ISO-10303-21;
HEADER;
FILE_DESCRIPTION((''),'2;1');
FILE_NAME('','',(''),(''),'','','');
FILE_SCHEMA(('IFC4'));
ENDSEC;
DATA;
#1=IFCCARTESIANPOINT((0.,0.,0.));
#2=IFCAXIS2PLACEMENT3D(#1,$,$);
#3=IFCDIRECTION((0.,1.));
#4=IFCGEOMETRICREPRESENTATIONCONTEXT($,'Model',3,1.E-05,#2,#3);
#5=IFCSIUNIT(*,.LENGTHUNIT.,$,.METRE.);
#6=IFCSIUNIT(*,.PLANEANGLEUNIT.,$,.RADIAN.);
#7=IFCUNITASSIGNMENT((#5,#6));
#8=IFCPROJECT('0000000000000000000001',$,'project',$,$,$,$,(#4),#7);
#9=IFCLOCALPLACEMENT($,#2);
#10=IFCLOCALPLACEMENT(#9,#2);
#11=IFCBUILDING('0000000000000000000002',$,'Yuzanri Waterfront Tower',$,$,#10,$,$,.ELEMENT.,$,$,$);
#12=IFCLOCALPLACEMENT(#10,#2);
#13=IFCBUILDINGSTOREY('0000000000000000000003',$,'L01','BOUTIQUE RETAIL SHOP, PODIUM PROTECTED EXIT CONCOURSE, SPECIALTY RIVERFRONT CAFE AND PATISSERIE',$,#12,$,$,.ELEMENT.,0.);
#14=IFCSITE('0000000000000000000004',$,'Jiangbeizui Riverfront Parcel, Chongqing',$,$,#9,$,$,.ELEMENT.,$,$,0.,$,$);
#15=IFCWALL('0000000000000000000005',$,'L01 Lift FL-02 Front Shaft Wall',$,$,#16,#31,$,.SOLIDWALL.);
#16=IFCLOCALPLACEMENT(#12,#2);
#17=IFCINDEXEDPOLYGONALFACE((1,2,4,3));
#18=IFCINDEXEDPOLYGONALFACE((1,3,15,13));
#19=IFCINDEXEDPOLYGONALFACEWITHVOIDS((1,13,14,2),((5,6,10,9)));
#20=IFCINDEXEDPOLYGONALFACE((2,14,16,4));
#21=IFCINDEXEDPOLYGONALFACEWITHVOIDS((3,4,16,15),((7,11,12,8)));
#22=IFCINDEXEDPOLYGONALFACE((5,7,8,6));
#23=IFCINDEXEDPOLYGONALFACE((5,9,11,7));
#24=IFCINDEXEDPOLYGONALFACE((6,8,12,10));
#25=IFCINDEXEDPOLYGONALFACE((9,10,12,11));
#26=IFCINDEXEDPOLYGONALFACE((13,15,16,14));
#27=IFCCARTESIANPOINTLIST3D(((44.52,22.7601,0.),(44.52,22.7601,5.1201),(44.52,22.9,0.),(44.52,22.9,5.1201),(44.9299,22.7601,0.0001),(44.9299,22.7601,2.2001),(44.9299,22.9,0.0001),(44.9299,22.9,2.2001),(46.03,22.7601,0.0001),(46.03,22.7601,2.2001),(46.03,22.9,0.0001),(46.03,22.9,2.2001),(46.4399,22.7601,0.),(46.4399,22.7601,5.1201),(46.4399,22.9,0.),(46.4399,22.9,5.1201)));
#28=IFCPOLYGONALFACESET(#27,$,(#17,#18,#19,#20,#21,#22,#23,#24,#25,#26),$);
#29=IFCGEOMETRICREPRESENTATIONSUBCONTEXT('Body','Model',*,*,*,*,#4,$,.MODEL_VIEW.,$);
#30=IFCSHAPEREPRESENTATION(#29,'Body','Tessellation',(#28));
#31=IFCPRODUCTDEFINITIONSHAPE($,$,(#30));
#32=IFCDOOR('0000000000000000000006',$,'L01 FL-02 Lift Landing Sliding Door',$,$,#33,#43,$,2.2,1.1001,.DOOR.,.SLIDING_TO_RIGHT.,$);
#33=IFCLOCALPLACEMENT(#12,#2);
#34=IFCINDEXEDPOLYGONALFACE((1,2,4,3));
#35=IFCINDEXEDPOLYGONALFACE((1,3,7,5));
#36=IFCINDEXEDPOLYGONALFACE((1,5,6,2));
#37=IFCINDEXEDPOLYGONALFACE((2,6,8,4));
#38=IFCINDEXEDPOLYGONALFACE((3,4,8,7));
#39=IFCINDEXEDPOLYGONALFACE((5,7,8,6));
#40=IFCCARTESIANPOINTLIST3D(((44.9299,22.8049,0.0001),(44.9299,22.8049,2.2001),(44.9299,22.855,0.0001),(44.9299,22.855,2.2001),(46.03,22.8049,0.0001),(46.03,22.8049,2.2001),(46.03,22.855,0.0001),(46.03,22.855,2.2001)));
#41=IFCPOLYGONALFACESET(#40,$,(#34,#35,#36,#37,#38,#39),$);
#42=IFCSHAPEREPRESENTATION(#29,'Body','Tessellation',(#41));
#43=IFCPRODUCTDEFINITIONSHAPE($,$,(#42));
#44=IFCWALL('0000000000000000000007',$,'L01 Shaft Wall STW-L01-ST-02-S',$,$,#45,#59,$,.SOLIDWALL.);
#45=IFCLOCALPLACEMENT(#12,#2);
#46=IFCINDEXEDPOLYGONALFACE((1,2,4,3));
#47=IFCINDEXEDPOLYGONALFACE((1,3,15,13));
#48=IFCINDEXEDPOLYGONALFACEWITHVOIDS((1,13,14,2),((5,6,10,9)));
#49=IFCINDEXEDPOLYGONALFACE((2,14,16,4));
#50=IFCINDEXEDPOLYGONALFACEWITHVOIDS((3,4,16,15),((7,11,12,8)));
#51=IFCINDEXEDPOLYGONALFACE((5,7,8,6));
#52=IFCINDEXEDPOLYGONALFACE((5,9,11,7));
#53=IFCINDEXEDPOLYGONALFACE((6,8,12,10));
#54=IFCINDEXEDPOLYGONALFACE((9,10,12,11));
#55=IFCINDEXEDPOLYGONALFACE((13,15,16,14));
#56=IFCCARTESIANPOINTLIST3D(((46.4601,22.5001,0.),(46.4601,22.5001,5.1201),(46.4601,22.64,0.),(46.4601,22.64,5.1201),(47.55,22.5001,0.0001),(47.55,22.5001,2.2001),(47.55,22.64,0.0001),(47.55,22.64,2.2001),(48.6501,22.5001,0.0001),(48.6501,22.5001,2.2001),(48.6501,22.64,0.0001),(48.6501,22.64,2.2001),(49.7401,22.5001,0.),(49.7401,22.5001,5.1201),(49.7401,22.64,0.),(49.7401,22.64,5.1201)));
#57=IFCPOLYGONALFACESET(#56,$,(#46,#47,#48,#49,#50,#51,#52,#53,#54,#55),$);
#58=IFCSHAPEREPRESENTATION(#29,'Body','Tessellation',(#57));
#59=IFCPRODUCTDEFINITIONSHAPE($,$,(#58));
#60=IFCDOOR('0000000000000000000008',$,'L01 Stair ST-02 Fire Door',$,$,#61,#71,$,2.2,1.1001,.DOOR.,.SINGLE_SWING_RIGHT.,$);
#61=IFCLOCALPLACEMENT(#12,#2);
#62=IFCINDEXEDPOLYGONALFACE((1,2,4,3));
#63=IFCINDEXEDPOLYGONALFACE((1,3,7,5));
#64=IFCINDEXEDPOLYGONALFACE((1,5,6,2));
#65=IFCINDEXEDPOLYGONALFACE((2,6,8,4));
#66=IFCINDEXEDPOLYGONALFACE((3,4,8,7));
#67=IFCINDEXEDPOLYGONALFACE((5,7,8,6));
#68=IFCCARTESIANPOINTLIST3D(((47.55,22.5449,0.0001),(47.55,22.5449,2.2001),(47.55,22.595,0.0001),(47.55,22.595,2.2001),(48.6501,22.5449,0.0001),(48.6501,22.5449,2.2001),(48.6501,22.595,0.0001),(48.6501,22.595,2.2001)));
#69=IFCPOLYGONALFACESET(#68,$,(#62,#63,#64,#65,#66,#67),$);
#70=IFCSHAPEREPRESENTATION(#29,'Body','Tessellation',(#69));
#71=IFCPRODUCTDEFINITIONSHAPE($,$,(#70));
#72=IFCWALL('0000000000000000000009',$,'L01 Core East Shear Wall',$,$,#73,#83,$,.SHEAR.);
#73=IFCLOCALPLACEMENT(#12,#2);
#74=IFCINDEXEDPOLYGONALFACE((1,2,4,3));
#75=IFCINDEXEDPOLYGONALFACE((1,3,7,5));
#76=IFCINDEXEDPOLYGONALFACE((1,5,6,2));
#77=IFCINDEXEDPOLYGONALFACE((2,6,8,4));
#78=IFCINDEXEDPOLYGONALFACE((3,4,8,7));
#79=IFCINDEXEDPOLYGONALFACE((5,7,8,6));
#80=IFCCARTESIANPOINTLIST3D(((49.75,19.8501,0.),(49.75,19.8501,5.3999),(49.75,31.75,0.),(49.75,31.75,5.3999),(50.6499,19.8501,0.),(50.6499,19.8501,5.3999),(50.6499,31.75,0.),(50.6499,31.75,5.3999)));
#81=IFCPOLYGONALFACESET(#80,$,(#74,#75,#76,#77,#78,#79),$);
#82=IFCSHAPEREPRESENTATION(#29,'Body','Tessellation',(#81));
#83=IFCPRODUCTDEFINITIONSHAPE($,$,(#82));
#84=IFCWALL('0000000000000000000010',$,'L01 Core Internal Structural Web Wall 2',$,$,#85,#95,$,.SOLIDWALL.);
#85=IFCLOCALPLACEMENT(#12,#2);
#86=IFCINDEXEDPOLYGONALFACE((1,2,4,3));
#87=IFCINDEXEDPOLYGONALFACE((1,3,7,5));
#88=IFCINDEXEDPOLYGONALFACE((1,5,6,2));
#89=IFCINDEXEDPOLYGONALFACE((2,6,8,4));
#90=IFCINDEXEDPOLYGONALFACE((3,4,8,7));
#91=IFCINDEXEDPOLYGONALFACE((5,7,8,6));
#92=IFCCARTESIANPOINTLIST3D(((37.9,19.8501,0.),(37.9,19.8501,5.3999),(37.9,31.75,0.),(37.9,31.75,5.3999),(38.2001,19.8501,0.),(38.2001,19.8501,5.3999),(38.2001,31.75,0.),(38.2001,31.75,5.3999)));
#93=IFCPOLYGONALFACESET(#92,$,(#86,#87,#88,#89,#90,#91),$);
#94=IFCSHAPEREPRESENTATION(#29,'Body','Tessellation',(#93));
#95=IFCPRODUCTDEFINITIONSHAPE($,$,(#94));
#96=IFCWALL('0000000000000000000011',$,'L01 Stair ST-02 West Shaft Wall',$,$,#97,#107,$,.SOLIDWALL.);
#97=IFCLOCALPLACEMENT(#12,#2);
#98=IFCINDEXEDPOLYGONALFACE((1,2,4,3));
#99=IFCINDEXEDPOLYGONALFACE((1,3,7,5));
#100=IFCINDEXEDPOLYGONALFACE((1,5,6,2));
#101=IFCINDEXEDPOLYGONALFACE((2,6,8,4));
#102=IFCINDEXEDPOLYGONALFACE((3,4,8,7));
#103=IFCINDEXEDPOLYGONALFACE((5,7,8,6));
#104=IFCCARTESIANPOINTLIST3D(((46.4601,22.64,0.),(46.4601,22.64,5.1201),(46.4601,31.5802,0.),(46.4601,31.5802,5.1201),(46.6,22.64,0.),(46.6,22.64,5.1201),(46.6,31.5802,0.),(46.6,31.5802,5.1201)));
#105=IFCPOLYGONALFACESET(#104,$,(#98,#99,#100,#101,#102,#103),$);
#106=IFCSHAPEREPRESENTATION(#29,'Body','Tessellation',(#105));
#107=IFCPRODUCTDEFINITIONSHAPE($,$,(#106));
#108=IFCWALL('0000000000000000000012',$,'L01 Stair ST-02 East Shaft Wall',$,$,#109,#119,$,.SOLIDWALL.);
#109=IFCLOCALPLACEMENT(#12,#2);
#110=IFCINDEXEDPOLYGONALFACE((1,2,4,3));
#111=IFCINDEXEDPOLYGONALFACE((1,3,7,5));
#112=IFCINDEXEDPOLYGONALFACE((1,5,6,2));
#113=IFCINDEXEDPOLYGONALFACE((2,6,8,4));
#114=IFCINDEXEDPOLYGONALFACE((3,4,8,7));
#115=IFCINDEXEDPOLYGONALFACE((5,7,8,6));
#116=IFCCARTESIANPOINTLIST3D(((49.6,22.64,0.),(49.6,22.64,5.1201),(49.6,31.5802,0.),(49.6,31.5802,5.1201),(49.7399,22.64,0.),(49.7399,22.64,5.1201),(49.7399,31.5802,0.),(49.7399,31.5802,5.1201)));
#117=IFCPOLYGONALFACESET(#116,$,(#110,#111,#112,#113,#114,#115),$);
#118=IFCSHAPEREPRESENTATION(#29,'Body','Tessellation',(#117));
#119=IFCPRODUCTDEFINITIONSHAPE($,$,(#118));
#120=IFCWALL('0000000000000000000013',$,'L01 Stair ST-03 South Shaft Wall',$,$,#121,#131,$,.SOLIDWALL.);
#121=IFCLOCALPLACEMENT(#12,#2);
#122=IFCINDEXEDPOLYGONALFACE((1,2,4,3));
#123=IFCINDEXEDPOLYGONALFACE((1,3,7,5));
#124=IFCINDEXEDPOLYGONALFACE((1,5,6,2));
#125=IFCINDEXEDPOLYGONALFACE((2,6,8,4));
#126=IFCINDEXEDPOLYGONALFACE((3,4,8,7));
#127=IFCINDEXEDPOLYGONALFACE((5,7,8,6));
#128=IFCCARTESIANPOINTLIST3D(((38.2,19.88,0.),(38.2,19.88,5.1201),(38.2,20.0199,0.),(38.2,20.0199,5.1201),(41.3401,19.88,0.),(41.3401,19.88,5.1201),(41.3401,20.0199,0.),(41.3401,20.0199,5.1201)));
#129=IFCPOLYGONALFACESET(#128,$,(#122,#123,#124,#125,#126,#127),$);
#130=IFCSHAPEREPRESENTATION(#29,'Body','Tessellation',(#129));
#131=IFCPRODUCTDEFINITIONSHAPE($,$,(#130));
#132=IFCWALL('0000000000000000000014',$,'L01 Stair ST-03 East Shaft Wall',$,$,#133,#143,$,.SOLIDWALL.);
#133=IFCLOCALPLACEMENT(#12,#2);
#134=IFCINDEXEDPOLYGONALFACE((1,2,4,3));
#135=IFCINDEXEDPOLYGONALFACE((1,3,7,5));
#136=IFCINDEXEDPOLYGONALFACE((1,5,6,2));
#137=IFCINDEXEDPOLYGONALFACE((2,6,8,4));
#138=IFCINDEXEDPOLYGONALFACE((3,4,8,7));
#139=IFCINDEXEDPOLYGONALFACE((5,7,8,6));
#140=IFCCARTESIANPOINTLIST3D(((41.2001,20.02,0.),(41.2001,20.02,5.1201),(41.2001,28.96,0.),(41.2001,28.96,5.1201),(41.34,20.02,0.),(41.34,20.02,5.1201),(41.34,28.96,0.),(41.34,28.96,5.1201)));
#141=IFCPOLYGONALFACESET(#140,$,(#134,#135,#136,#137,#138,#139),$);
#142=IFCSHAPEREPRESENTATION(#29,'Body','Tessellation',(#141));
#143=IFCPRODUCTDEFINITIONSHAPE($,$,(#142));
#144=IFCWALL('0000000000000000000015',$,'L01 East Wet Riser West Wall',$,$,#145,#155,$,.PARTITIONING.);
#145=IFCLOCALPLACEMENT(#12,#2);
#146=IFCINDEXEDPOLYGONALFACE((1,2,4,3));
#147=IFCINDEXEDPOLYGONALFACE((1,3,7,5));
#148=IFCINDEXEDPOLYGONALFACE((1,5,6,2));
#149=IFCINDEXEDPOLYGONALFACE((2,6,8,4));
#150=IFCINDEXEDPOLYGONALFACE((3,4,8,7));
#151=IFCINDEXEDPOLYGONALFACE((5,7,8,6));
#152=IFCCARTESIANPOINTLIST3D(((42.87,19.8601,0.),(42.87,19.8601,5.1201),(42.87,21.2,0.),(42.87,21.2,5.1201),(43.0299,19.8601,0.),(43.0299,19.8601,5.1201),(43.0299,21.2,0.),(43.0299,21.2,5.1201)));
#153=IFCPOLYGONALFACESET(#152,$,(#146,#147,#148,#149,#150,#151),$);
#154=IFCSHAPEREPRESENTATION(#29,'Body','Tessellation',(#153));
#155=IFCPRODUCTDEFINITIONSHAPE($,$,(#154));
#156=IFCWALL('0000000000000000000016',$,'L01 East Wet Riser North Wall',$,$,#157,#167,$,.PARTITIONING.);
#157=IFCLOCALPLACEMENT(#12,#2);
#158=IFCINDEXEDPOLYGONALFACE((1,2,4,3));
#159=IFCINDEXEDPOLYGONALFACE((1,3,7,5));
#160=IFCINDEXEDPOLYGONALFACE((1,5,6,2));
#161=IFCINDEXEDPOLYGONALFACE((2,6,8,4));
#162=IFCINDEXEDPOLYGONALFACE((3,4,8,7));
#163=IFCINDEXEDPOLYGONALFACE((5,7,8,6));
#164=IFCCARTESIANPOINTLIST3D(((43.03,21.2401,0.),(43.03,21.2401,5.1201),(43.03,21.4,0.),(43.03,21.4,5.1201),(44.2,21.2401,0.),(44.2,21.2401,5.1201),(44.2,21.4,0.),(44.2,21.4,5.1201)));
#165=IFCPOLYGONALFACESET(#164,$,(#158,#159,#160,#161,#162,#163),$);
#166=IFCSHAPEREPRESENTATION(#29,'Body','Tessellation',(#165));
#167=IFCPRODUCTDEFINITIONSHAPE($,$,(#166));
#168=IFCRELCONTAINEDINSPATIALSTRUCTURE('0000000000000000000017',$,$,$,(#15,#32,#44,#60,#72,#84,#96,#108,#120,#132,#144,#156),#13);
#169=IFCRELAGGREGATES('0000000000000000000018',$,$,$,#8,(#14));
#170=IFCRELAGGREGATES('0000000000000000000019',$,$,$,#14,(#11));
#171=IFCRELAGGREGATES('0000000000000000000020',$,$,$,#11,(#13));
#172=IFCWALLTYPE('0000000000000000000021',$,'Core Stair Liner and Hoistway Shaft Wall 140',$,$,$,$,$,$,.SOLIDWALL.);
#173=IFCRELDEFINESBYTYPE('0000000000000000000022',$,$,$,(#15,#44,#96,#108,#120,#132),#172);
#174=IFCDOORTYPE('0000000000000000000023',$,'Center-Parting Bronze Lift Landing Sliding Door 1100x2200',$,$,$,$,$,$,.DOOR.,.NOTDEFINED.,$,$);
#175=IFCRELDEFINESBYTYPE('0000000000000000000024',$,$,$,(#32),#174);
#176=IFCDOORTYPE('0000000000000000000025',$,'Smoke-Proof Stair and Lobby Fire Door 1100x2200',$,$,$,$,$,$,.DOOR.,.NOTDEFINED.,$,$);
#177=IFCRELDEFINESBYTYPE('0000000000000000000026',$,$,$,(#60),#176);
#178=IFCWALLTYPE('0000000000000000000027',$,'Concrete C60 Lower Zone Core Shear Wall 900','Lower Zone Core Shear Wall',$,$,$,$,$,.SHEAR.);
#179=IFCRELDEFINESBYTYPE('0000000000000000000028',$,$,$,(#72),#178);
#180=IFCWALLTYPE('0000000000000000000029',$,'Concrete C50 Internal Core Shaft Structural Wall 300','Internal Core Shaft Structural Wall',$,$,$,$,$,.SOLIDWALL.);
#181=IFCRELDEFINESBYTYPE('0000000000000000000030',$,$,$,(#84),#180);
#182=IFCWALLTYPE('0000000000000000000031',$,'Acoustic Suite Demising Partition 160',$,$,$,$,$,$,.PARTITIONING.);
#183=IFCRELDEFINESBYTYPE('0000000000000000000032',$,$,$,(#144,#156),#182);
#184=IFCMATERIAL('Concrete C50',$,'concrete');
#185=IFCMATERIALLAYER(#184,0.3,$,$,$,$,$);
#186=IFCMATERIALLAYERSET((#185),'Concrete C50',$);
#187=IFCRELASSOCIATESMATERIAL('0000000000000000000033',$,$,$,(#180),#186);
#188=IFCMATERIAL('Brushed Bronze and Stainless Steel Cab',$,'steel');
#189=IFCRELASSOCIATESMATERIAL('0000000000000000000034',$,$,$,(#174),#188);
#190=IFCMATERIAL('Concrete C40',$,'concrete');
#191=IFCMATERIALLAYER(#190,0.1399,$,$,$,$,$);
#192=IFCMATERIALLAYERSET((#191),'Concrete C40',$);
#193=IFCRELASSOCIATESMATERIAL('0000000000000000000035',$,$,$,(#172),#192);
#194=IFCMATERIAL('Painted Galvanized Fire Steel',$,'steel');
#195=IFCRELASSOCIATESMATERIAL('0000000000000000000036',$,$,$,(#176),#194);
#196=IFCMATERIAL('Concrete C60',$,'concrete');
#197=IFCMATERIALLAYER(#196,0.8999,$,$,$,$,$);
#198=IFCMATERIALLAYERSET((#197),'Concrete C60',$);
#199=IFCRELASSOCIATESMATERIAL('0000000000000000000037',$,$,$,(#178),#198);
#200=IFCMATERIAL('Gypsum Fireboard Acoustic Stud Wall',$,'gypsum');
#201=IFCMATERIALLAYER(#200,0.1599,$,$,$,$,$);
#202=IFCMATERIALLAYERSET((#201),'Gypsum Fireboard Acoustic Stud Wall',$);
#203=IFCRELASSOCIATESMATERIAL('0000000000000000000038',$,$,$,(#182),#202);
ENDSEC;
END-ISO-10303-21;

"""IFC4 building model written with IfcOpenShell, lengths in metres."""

from ifc_helpers import new_model, si_unit, direction, frame, frame_2d, origin, place, context, subcontext, project, spatial, rectangle, extrude, source, transform, mapped, material, layer, layer_set, type_object, element, fill, save


model = new_model("IFC4")

# Units and contexts
model_context = context("Model", 3, precision=1e-05, world=origin(), true_north=direction((0.0, 1.0)))
body_context = subcontext(model_context, "Body", "Model", "MODEL_VIEW")
ifc_project = project(units=[si_unit("LENGTHUNIT", "METRE"), si_unit("PLANEANGLEUNIT", "RADIAN")], contexts=[model_context])

# Site, building, storey
site_placement = place(None, origin())
site = spatial("IfcSite", under=ifc_project, at=site_placement, Name="Jiangbeizui Riverfront Parcel, Chongqing", CompositionType="ELEMENT", RefElevation=0.0)
building_placement = place(site_placement, origin())
building = spatial("IfcBuilding", under=site, at=building_placement, Name="Yuzanri Waterfront Tower", CompositionType="ELEMENT")
storey_placement = place(building_placement, origin())
storey = spatial("IfcBuildingStorey", under=building, at=storey_placement, Name="L01", Description="BOUTIQUE RETAIL SHOP, PODIUM PROTECTED EXIT CONCOURSE, SPECIALTY RIVERFRONT CAFE AND PATISSERIE", CompositionType="ELEMENT", Elevation=0.0)

# Shared definitions
ifc_material_1 = material(Name="Concrete C50", Category="concrete")
ifc_layer_1 = layer(ifc_material_1, 0.3)
ifc_layer_set_1 = layer_set([ifc_layer_1], Name="Concrete C50")
wall_type_1 = type_object("IfcWallType", Name="Concrete C50 Internal Core Shaft Structural Wall 300", Description="Internal Core Shaft Structural Wall", PredefinedType="SOLIDWALL", material=ifc_layer_set_1)
ifc_material_2 = material(Name="Brushed Bronze and Stainless Steel Cab", Category="steel")
door_type_1 = type_object("IfcDoorType", Name="Center-Parting Bronze Lift Landing Sliding Door 1100x2200", OperationType="NOTDEFINED", PredefinedType="DOOR", material=ifc_material_2)
shared_shape_1 = source(origin(), body_context, "Body", "SweptSolid", [
    extrude(rectangle(XDim=1.1001, YDim=2.2, at=frame_2d((0.55, 1.1001))), frame((0.0, 0.0249, 0.0), z_axis=(0.0, -1.0, 0.0), x_axis=(1.0, 0.0, 0.0)), (0.0, 0.0, 1.0), 0.05),
])

# Walls, openings, doors
ifc_material_3 = material(Name="Concrete C40", Category="concrete")
ifc_layer_2 = layer(ifc_material_3, 0.1399)
ifc_layer_set_2 = layer_set([ifc_layer_2], Name="Concrete C40")
wall_type_2 = type_object("IfcWallType", Name="Core Stair Liner and Hoistway Shaft Wall 140", PredefinedType="SOLIDWALL", material=ifc_layer_set_2)
wall_1_placement = place(storey_placement, frame((44.52, 22.8301, 0.0), z_axis=(0.0, 0.0, 1.0), x_axis=(1.0, 0.0, 0.0)))
wall_1 = element("IfcWall", 1, at=wall_1_placement, inside=storey, type_object=wall_type_2, Name="L01 Lift FL-02 Front Shaft Wall", PredefinedType="SOLIDWALL", context=body_context, shape_type="SweptSolid", body=[
    extrude(rectangle(XDim=1.9199, YDim=0.1399, at=frame_2d((0.96, 0.0))), origin(), (0.0, 0.0, 1.0), 5.1201),
])
opening_1_placement = place(wall_1_placement, frame((0.4099, 0.0, 0.0)))
opening_1 = element("IfcOpeningElement", 2, at=opening_1_placement, cuts=wall_1, PredefinedType="OPENING", context=body_context, shape_type="SweptSolid", body=[
    extrude(rectangle(XDim=1.1001, YDim=2.2, at=frame_2d((0.55, 1.1001))), frame((0.0, 0.085, 0.0), z_axis=(0.0, -1.0, 0.0), x_axis=(1.0, 0.0, 0.0)), (0.0, 0.0, 1.0), 0.1697),
])
door_1_placement = place(opening_1_placement, origin())
door_1 = element("IfcDoor", 3, at=door_1_placement, inside=storey, type_object=door_type_1, Name="L01 FL-02 Lift Landing Sliding Door", OperationType="SLIDING_TO_RIGHT", OverallHeight=2.2, OverallWidth=1.1001, PredefinedType="DOOR", context=body_context, shape_type="MappedRepresentation", body=[
    mapped(shared_shape_1, transform((0.0, 0.0, 0.0), scale=1.0)),
])
fill(opening_1, door_1)
wall_2_placement = place(storey_placement, frame((46.46, 22.5701, 0.0), z_axis=(0.0, 0.0, 1.0), x_axis=(1.0, 0.0, 0.0)))
wall_2 = element("IfcWall", 4, at=wall_2_placement, inside=storey, type_object=wall_type_2, Name="L01 Shaft Wall STW-L01-ST-02-S", PredefinedType="SOLIDWALL", context=body_context, shape_type="SweptSolid", body=[
    extrude(rectangle(XDim=3.28, YDim=0.1399, at=frame_2d((1.6401, 0.0))), origin(), (0.0, 0.0, 1.0), 5.1201),
])
opening_2_placement = place(wall_2_placement, frame((1.0901, 0.0, 0.0)))
opening_2 = element("IfcOpeningElement", 5, at=opening_2_placement, cuts=wall_2, PredefinedType="OPENING", context=body_context, shape_type="SweptSolid", body=[
    extrude(rectangle(XDim=1.1001, YDim=2.2, at=frame_2d((0.55, 1.1001))), frame((0.0, 0.085, 0.0), z_axis=(0.0, -1.0, 0.0), x_axis=(1.0, 0.0, 0.0)), (0.0, 0.0, 1.0), 0.1697),
])
ifc_material_4 = material(Name="Painted Galvanized Fire Steel", Category="steel")
door_type_2 = type_object("IfcDoorType", Name="Smoke-Proof Stair and Lobby Fire Door 1100x2200", OperationType="NOTDEFINED", PredefinedType="DOOR", material=ifc_material_4)
shared_shape_2 = source(origin(), body_context, "Body", "SweptSolid", [
    extrude(rectangle(XDim=1.1001, YDim=2.2, at=frame_2d((0.55, 1.1001))), frame((0.0, 0.0249, 0.0), z_axis=(0.0, -1.0, 0.0), x_axis=(1.0, 0.0, 0.0)), (0.0, 0.0, 1.0), 0.05),
])
door_2_placement = place(opening_2_placement, origin())
door_2 = element("IfcDoor", 6, at=door_2_placement, inside=storey, type_object=door_type_2, Name="L01 Stair ST-02 Fire Door", OperationType="SINGLE_SWING_RIGHT", OverallHeight=2.2, OverallWidth=1.1001, PredefinedType="DOOR", context=body_context, shape_type="MappedRepresentation", body=[
    mapped(shared_shape_2, transform((0.0, 0.0, 0.0), scale=1.0)),
])
fill(opening_2, door_2)

# Walls
ifc_material_5 = material(Name="Concrete C60", Category="concrete")
ifc_layer_3 = layer(ifc_material_5, 0.8999)
ifc_layer_set_3 = layer_set([ifc_layer_3], Name="Concrete C60")
wall_type_3 = type_object("IfcWallType", Name="Concrete C60 Lower Zone Core Shear Wall 900", Description="Lower Zone Core Shear Wall", PredefinedType="SHEAR", material=ifc_layer_set_3)
shared_shape_3 = source(origin(), body_context, "Body", "SweptSolid", [
    extrude(rectangle(XDim=11.8999, YDim=0.8999, at=frame_2d((5.95, 0.0))), origin(), (0.0, 0.0, 1.0), 5.3999),
])
wall_3_placement = place(storey_placement, frame((50.2, 19.8501, 0.0), z_axis=(0.0, 0.0, 1.0), x_axis=(0.0, 1.0, 0.0)))
element("IfcWall", 7, at=wall_3_placement, inside=storey, type_object=wall_type_3, Name="L01 Core East Shear Wall", PredefinedType="SHEAR", context=body_context, shape_type="MappedRepresentation", body=[
    mapped(shared_shape_3, transform((0.0, 0.0, 0.0), scale=1.0)),
])
shared_shape_4 = source(origin(), body_context, "Body", "SweptSolid", [
    extrude(rectangle(XDim=11.8999, YDim=0.3, at=frame_2d((5.95, 0.0))), origin(), (0.0, 0.0, 1.0), 5.3999),
])
wall_4_placement = place(storey_placement, frame((38.05, 19.8501, 0.0), z_axis=(0.0, 0.0, 1.0), x_axis=(0.0, 1.0, 0.0)))
element("IfcWall", 8, at=wall_4_placement, inside=storey, type_object=wall_type_1, Name="L01 Core Internal Structural Web Wall 2", PredefinedType="SOLIDWALL", context=body_context, shape_type="MappedRepresentation", body=[
    mapped(shared_shape_4, transform((0.0, 0.0, 0.0), scale=1.0)),
])
shared_shape_5 = source(origin(), body_context, "Body", "SweptSolid", [
    extrude(rectangle(XDim=8.9402, YDim=0.1399, at=frame_2d((4.4702, 0.0))), origin(), (0.0, 0.0, 1.0), 5.1201),
])
for number, where, z_axis, x_axis, name in (
    (9, (46.53, 22.6399, 0.0), (0.0, 0.0, 1.0), (0.0, 1.0, 0.0), "L01 Stair ST-02 West Shaft Wall"),
    (10, (49.6699, 22.6399, 0.0), (0.0, 0.0, 1.0), (0.0, 1.0, 0.0), "L01 Stair ST-02 East Shaft Wall"),
):
    element("IfcWall", number, at=place(storey_placement, frame(where, z_axis=z_axis, x_axis=x_axis)), inside=storey, type_object=wall_type_2, Name=name, PredefinedType="SOLIDWALL", context=body_context, shape_type="MappedRepresentation", body=[
        mapped(shared_shape_5, transform((0.0, 0.0, 0.0), scale=1.0)),
    ])
shared_shape_6 = source(origin(), body_context, "Body", "SweptSolid", [
    extrude(rectangle(XDim=3.1401, YDim=0.1399, at=frame_2d((1.5701, 0.0))), origin(), (0.0, 0.0, 1.0), 5.1201),
])
wall_5_placement = place(storey_placement, frame((38.2, 19.95, 0.0), z_axis=(0.0, 0.0, 1.0), x_axis=(1.0, 0.0, 0.0)))
element("IfcWall", 11, at=wall_5_placement, inside=storey, type_object=wall_type_2, Name="L01 Stair ST-03 South Shaft Wall", PredefinedType="SOLIDWALL", context=body_context, shape_type="MappedRepresentation", body=[
    mapped(shared_shape_6, transform((0.0, 0.0, 0.0), scale=1.0)),
])
shared_shape_7 = source(origin(), body_context, "Body", "SweptSolid", [
    extrude(rectangle(XDim=8.9399, YDim=0.1399, at=frame_2d((4.47, 0.0))), origin(), (0.0, 0.0, 1.0), 5.1201),
])
wall_6_placement = place(storey_placement, frame((41.27, 20.02, 0.0), z_axis=(0.0, 0.0, 1.0), x_axis=(0.0, 1.0, 0.0)))
element("IfcWall", 12, at=wall_6_placement, inside=storey, type_object=wall_type_2, Name="L01 Stair ST-03 East Shaft Wall", PredefinedType="SOLIDWALL", context=body_context, shape_type="MappedRepresentation", body=[
    mapped(shared_shape_7, transform((0.0, 0.0, 0.0), scale=1.0)),
])
ifc_material_6 = material(Name="Gypsum Fireboard Acoustic Stud Wall", Category="gypsum")
ifc_layer_4 = layer(ifc_material_6, 0.1599)
ifc_layer_set_4 = layer_set([ifc_layer_4], Name="Gypsum Fireboard Acoustic Stud Wall")
wall_type_4 = type_object("IfcWallType", Name="Acoustic Suite Demising Partition 160", PredefinedType="PARTITIONING", material=ifc_layer_set_4)
shared_shape_8 = source(origin(), body_context, "Body", "SweptSolid", [
    extrude(rectangle(XDim=1.3398, YDim=0.1599, at=frame_2d((0.6699, 0.0))), origin(), (0.0, 0.0, 1.0), 5.1201),
])
wall_7_placement = place(storey_placement, frame((42.95, 19.8601, 0.0), z_axis=(0.0, 0.0, 1.0), x_axis=(0.0, 1.0, 0.0)))
element("IfcWall", 13, at=wall_7_placement, inside=storey, type_object=wall_type_4, Name="L01 East Wet Riser West Wall", PredefinedType="PARTITIONING", context=body_context, shape_type="MappedRepresentation", body=[
    mapped(shared_shape_8, transform((0.0, 0.0, 0.0), scale=1.0)),
])
shared_shape_9 = source(origin(), body_context, "Body", "SweptSolid", [
    extrude(rectangle(XDim=1.1699, YDim=0.1599, at=frame_2d((0.585, 0.0))), origin(), (0.0, 0.0, 1.0), 5.1201),
])
wall_8_placement = place(storey_placement, frame((43.03, 21.3201, 0.0), z_axis=(0.0, 0.0, 1.0), x_axis=(1.0, 0.0, 0.0)))
element("IfcWall", 14, at=wall_8_placement, inside=storey, type_object=wall_type_4, Name="L01 East Wet Riser North Wall", PredefinedType="PARTITIONING", context=body_context, shape_type="MappedRepresentation", body=[
    mapped(shared_shape_9, transform((0.0, 0.0, 0.0), scale=1.0)),
])

save(model, "model.ifc")
